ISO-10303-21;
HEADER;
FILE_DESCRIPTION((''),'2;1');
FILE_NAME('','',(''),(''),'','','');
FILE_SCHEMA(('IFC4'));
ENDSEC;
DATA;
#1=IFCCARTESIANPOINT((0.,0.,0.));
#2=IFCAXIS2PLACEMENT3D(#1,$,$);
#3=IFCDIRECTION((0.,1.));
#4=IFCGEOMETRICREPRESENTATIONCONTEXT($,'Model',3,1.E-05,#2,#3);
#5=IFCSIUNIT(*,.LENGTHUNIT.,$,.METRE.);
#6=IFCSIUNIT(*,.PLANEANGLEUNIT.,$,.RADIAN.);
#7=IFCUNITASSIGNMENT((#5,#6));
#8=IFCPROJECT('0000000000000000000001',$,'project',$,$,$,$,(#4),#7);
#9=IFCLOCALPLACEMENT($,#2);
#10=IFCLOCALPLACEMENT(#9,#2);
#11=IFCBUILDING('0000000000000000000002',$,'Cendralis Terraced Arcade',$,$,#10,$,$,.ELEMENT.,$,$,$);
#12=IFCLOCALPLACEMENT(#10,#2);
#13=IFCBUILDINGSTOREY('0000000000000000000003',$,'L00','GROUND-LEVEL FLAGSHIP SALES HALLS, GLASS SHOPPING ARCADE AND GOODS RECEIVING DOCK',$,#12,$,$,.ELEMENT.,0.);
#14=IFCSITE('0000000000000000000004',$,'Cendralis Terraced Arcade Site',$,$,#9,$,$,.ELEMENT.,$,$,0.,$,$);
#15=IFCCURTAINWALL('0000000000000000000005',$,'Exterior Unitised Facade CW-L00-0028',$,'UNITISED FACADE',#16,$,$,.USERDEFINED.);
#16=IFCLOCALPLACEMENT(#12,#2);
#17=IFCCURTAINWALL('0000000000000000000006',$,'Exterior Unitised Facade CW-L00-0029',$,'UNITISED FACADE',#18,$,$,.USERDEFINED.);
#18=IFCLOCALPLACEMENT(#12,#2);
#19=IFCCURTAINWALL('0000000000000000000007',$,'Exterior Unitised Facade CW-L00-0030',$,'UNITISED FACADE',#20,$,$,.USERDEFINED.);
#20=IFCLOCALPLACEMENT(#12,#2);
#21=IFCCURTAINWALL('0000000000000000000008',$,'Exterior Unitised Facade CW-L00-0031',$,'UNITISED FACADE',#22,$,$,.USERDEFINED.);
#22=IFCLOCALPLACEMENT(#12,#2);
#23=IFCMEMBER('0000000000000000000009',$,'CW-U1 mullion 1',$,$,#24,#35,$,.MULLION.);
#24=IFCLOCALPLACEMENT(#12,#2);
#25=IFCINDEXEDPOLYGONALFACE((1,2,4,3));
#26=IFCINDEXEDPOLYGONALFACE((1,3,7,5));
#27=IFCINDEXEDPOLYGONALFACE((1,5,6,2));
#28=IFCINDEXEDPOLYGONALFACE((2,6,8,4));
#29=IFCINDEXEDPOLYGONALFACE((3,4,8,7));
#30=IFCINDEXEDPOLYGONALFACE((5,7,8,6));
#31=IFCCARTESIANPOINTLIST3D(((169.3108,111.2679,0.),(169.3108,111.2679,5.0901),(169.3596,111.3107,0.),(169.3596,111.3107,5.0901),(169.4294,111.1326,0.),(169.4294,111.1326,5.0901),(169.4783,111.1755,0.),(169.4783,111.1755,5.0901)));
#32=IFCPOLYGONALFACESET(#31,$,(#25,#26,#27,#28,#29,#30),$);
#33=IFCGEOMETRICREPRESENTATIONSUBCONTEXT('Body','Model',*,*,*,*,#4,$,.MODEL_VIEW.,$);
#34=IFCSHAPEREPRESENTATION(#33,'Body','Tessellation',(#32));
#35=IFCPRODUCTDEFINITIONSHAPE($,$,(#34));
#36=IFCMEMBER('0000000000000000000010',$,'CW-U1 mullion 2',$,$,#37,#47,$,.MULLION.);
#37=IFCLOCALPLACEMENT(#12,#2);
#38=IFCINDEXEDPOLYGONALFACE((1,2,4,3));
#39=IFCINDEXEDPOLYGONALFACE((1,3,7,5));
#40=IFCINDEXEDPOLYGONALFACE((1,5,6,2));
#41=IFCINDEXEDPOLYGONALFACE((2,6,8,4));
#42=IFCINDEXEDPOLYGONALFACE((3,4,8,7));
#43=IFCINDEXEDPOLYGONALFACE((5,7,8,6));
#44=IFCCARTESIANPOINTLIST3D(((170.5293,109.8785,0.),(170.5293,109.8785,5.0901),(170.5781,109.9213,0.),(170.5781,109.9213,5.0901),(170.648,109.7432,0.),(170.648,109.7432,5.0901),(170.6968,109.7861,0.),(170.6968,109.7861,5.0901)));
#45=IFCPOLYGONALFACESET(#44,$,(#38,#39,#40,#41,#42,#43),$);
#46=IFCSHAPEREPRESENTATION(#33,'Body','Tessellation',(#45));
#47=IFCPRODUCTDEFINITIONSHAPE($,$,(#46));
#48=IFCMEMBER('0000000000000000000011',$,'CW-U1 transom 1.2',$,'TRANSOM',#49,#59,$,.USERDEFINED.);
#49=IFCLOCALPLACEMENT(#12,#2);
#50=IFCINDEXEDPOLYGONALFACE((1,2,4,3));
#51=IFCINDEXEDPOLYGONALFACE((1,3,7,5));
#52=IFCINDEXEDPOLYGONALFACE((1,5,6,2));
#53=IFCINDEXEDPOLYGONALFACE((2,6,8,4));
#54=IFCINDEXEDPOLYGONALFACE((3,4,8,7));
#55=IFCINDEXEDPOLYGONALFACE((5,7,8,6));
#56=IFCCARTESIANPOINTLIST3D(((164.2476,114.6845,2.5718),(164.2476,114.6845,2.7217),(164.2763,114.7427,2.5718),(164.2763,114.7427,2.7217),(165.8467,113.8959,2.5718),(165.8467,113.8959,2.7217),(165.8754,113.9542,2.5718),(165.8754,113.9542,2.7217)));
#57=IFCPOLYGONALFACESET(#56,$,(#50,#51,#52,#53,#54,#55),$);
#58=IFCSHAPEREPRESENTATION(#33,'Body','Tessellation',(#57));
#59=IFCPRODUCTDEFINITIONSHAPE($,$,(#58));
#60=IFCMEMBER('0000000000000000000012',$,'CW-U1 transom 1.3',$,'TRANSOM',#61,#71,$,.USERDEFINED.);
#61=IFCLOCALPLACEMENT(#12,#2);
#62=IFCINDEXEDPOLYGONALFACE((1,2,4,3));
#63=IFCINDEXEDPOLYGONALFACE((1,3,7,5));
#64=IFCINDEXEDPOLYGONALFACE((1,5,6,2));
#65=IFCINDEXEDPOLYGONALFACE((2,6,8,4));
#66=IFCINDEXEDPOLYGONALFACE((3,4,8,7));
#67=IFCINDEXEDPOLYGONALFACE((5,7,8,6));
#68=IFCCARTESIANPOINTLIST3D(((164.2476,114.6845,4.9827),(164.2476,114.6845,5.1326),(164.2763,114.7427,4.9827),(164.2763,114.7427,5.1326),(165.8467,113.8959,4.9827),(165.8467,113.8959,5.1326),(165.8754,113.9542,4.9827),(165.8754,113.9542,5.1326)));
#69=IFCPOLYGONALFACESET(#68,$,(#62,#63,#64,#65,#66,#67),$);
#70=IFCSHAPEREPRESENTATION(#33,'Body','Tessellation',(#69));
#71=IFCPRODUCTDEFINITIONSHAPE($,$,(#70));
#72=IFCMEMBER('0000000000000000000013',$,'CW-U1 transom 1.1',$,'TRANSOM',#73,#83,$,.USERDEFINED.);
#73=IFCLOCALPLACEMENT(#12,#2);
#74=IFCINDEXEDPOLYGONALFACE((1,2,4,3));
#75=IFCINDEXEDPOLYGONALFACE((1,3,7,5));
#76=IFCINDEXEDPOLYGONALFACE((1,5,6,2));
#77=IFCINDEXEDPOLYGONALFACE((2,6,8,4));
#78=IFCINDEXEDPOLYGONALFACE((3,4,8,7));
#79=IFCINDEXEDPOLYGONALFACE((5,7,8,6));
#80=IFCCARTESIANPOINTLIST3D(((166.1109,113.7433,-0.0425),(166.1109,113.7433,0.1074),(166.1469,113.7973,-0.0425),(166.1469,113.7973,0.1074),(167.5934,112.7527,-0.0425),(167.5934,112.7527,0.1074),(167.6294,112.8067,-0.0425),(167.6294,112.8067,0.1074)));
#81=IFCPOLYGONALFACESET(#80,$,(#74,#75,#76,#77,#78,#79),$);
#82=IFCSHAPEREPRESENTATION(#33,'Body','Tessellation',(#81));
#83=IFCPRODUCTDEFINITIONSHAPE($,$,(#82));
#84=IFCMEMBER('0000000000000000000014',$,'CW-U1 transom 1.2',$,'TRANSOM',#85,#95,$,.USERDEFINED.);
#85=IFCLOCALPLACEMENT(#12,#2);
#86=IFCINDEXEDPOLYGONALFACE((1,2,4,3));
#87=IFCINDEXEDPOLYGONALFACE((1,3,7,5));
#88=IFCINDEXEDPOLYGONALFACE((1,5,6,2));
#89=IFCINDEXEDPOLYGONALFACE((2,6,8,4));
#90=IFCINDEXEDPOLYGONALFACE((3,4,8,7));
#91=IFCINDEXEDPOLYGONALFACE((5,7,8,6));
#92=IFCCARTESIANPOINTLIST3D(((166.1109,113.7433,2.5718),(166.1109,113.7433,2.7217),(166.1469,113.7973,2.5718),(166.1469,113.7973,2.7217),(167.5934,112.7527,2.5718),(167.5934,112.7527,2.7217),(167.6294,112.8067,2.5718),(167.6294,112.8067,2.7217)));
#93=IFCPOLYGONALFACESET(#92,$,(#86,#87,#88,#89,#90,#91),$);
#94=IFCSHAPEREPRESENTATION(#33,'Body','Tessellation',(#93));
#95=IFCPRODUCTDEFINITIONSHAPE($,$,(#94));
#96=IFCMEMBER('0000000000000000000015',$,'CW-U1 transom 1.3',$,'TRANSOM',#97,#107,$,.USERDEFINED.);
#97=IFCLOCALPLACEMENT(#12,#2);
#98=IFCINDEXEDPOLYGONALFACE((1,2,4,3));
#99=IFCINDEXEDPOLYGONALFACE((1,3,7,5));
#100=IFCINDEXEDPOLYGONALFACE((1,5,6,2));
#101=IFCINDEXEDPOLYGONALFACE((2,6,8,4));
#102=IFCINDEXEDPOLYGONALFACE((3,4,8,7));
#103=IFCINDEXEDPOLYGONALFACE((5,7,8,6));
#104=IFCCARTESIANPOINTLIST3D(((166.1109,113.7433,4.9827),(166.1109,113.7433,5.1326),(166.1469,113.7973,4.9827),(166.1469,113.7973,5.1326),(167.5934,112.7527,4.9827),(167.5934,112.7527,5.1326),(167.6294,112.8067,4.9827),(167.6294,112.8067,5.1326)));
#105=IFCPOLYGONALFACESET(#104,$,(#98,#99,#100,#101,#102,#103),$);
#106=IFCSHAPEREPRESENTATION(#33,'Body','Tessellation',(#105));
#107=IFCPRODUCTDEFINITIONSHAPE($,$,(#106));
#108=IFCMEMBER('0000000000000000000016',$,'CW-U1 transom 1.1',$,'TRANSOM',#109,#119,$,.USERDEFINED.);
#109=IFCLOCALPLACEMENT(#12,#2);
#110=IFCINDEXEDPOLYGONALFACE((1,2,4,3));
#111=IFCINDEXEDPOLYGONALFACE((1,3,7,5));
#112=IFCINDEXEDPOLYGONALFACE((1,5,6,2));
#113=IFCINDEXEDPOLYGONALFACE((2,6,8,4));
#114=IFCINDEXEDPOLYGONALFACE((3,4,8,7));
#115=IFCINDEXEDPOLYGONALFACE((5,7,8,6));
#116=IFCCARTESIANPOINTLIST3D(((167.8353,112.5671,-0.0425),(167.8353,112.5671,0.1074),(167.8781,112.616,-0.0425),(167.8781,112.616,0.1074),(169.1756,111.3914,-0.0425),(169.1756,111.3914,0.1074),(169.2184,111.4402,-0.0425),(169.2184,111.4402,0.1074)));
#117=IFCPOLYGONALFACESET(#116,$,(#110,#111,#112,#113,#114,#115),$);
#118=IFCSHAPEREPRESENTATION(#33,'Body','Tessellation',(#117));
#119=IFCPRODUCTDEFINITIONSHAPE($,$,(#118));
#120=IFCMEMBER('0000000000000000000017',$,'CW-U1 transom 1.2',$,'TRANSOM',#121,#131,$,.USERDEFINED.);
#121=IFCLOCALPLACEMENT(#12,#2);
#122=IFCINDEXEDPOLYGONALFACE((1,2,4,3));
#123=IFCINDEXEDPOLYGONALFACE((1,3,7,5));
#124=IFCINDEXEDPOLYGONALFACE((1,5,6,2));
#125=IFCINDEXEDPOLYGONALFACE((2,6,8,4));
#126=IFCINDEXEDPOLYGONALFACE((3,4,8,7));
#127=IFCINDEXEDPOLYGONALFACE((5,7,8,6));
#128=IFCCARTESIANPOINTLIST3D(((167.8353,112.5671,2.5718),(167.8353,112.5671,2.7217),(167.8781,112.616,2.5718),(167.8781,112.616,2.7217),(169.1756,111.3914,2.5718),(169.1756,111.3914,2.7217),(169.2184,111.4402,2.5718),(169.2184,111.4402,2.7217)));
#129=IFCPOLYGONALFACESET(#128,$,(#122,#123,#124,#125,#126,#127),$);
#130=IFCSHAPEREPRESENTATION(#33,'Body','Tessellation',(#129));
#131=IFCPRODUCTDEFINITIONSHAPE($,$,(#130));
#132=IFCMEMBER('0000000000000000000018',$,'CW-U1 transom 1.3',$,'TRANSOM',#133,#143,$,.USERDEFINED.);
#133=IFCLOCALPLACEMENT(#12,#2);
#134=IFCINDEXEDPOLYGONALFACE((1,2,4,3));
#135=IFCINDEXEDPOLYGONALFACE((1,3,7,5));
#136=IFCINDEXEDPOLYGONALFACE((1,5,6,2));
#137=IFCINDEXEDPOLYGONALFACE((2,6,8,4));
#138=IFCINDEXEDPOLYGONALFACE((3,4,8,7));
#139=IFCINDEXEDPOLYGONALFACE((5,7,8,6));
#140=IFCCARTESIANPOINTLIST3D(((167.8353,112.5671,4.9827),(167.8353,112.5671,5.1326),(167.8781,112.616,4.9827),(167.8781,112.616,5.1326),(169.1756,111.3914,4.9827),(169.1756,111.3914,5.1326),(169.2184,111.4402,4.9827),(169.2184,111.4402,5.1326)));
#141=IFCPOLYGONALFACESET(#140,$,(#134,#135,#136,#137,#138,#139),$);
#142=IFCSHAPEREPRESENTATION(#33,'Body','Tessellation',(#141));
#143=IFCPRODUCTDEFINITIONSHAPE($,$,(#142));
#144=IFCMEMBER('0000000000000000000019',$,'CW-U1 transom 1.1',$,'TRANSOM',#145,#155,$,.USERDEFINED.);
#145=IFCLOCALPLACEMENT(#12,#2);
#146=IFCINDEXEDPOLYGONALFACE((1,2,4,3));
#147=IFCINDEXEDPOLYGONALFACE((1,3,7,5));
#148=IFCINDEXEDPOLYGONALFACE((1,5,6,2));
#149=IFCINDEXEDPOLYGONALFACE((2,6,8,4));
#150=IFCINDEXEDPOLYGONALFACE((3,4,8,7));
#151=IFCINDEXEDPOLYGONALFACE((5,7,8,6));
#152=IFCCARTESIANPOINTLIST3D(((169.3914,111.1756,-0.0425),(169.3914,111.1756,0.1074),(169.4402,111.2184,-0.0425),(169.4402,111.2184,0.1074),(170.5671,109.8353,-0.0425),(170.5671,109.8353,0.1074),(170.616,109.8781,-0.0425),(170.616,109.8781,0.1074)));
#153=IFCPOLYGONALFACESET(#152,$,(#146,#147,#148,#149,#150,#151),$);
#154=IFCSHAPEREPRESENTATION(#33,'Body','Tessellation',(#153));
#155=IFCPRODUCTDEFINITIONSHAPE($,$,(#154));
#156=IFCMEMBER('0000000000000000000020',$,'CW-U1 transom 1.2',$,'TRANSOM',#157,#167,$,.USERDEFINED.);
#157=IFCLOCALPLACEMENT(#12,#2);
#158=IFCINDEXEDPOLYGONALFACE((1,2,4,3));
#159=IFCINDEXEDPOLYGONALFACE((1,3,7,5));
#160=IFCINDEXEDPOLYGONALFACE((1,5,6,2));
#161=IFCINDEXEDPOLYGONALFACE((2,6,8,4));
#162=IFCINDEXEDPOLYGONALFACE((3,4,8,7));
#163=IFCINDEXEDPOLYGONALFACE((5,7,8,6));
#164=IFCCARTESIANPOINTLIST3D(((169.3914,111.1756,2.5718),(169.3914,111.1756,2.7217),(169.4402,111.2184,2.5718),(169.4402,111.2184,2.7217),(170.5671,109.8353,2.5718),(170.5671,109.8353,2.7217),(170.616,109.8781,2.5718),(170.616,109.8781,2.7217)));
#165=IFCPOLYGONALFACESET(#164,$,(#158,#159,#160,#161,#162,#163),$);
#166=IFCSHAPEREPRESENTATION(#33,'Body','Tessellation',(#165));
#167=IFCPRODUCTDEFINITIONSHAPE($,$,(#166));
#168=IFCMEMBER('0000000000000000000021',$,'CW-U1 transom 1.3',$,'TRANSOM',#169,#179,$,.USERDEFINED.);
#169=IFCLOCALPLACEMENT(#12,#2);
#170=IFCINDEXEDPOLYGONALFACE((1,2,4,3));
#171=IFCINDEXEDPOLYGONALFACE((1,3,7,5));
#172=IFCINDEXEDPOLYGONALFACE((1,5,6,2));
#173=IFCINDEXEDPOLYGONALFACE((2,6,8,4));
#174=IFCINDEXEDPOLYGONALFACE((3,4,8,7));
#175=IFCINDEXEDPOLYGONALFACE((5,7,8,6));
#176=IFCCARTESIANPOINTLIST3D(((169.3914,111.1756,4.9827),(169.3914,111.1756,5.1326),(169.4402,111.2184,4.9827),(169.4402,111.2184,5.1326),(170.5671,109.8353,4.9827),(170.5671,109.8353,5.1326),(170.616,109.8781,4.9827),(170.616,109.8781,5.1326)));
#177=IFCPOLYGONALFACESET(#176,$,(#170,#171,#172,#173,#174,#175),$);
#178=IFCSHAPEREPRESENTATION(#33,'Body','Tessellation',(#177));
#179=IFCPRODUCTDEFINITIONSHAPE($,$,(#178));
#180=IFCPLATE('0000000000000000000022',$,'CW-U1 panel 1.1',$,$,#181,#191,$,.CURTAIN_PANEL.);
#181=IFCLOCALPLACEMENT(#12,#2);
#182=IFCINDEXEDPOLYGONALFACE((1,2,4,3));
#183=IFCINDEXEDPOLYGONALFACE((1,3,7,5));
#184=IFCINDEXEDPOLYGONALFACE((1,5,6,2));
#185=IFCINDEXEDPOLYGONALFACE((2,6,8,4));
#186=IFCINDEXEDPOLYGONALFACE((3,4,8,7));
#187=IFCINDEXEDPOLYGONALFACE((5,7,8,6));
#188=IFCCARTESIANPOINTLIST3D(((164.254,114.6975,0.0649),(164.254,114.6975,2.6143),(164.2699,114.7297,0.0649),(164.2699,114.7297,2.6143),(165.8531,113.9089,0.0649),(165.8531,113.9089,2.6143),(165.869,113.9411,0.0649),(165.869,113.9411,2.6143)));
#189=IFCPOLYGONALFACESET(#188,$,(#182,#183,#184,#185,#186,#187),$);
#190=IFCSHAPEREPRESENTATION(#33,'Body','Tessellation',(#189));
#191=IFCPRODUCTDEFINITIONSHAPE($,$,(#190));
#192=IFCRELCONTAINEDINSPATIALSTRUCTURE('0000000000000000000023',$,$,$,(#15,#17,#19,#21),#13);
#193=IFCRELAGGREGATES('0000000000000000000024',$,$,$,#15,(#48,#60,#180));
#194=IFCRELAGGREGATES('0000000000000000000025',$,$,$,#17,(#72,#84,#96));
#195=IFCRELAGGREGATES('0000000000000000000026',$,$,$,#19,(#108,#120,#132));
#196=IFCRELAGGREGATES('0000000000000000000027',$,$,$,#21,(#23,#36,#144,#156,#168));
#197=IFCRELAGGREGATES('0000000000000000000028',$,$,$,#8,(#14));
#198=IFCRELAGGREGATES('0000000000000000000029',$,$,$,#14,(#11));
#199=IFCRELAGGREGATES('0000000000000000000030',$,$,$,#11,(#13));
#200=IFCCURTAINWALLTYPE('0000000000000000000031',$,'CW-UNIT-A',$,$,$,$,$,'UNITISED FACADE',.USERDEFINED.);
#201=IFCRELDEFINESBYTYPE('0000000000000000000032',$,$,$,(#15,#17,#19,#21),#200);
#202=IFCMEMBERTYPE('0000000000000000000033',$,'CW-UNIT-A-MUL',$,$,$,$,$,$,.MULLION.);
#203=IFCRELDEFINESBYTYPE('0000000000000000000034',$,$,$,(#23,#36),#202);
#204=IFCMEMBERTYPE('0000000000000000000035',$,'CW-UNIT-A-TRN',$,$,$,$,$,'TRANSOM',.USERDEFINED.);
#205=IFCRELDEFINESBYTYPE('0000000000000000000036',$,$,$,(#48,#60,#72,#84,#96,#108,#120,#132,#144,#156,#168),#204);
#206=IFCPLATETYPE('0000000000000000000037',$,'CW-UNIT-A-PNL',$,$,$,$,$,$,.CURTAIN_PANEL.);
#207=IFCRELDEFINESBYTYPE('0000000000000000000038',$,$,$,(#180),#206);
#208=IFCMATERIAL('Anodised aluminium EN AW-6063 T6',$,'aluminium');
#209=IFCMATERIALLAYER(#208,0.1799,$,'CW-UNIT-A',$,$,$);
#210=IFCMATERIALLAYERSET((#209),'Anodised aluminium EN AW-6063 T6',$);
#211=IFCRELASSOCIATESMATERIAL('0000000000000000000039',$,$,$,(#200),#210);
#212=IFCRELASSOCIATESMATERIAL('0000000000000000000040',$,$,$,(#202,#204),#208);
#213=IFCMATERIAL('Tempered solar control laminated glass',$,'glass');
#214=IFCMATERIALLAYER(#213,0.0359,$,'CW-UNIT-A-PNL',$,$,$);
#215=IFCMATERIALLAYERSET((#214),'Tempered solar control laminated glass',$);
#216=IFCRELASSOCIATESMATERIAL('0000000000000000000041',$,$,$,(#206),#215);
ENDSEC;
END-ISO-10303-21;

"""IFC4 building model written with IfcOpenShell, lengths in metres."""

from ifc_helpers import new_model, si_unit, direction, frame, origin, origin_2d, place, context, subcontext, project, spatial, rectangle, extrude, material, layer, layer_set, material_profile, profile_set, type_object, element, aggregate, save


model = new_model("IFC4")

# Units and contexts
model_context = context("Model", 3, precision=1e-05, world=origin(), true_north=direction((0.0, 1.0)))
body_context = subcontext(model_context, "Body", "Model", "MODEL_VIEW")
ifc_project = project(units=[si_unit("LENGTHUNIT", "METRE"), si_unit("PLANEANGLEUNIT", "RADIAN")], contexts=[model_context])

# Site, building, storey
site_placement = place(None, origin())
site = spatial("IfcSite", under=ifc_project, at=site_placement, Name="Cendralis Terraced Arcade Site", CompositionType="ELEMENT", RefElevation=0.0)
building_placement = place(site_placement, origin())
building = spatial("IfcBuilding", under=site, at=building_placement, Name="Cendralis Terraced Arcade", CompositionType="ELEMENT")
storey_placement = place(building_placement, origin())
storey = spatial("IfcBuildingStorey", under=building, at=storey_placement, Name="L00", Description="GROUND-LEVEL FLAGSHIP SALES HALLS, GLASS SHOPPING ARCADE AND GOODS RECEIVING DOCK", CompositionType="ELEMENT", Elevation=0.0)

# Curtain wall
ifc_material_1 = material(Name="Anodised aluminium EN AW-6063 T6", Category="aluminium")
ifc_layer_1 = layer(ifc_material_1, 0.1799, Name="CW-UNIT-A")
ifc_layer_set_1 = layer_set([ifc_layer_1], Name="Anodised aluminium EN AW-6063 T6")
curtain_wall_type = type_object("IfcCurtainWallType", Name="CW-UNIT-A", ElementType="UNITISED FACADE", PredefinedType="USERDEFINED", material=ifc_layer_set_1)
curtain_wall_1_placement = place(storey_placement, origin())
curtain_wall_1 = element("IfcCurtainWall", 1, at=curtain_wall_1_placement, inside=storey, type_object=curtain_wall_type, Name="Exterior Unitised Facade CW-L00-0028", ObjectType="UNITISED FACADE", PredefinedType="USERDEFINED")
ifc_material_profile_1 = material_profile(ifc_material_1, rectangle(XDim=0.0649, YDim=0.1799, at=origin_2d()), Name="ALU-MUL-65x180")
ifc_profile_set_1 = profile_set([ifc_material_profile_1], Name="Anodised aluminium EN AW-6063 T6")
member_type_1 = type_object("IfcMemberType", Name="CW-UNIT-A-MUL", PredefinedType="MULLION", material=ifc_profile_set_1)

# Curtain walls, members
curtain_wall_2_placement = place(storey_placement, origin())
curtain_wall_2 = element("IfcCurtainWall", 2, at=curtain_wall_2_placement, inside=storey, type_object=curtain_wall_type, Name="Exterior Unitised Facade CW-L00-0029", ObjectType="UNITISED FACADE", PredefinedType="USERDEFINED")
curtain_wall_3_placement = place(storey_placement, origin())
curtain_wall_3 = element("IfcCurtainWall", 3, at=curtain_wall_3_placement, inside=storey, type_object=curtain_wall_type, Name="Exterior Unitised Facade CW-L00-0030", ObjectType="UNITISED FACADE", PredefinedType="USERDEFINED")
curtain_wall_4_placement = place(storey_placement, origin())
curtain_wall_4 = element("IfcCurtainWall", 4, at=curtain_wall_4_placement, inside=storey, type_object=curtain_wall_type, Name="Exterior Unitised Facade CW-L00-0031", ObjectType="UNITISED FACADE", PredefinedType="USERDEFINED")
member_1_placement = place(storey_placement, frame((169.3945, 111.2217, 0.0), z_axis=(0.0, 0.0, 1.0), x_axis=(0.751783, 0.659411, 0.0)))
member_1 = element("IfcMember", 5, at=member_1_placement, type_object=member_type_1, Name="CW-U1 mullion 1", PredefinedType="MULLION", context=body_context, shape_type="SweptSolid", body=[
    extrude(rectangle(XDim=0.0649, YDim=0.1799, at=origin_2d()), origin(), (0.0, 0.0, 1.0), 5.0901),
])
member_2_placement = place(storey_placement, frame((170.613, 109.8323, 0.0), z_axis=(0.0, 0.0, 1.0), x_axis=(0.751783, 0.659411, 0.0)))
member_2 = element("IfcMember", 6, at=member_2_placement, type_object=member_type_1, Name="CW-U1 mullion 2", PredefinedType="MULLION", context=body_context, shape_type="SweptSolid", body=[
    extrude(rectangle(XDim=0.0649, YDim=0.1799, at=origin_2d()), origin(), (0.0, 0.0, 1.0), 5.0901),
])

# Members
ifc_material_profile_2 = material_profile(ifc_material_1, rectangle(XDim=0.0649, YDim=0.1499, at=origin_2d()), Name="ALU-TRN-65x150")
ifc_profile_set_2 = profile_set([ifc_material_profile_2], Name="Anodised aluminium EN AW-6063 T6")
member_type_2 = type_object("IfcMemberType", Name="CW-UNIT-A-TRN", ElementType="TRANSOM", PredefinedType="USERDEFINED", material=ifc_profile_set_2)
member_3_placement = place(storey_placement, frame((164.262, 114.7136, 2.6467), z_axis=(0.896878, -0.442277, 0.0), x_axis=(0.442277, 0.896878, 0.0)))
member_3 = element("IfcMember", 7, at=member_3_placement, type_object=member_type_2, Name="CW-U1 transom 1.2", ObjectType="TRANSOM", PredefinedType="USERDEFINED", context=body_context, shape_type="SweptSolid", body=[
    extrude(rectangle(XDim=0.0649, YDim=0.1499, at=origin_2d()), origin(), (0.0, 0.0, 1.0), 1.783),
])
member_4_placement = place(storey_placement, frame((164.262, 114.7136, 5.0576), z_axis=(0.896878, -0.442277, 0.0), x_axis=(0.442277, 0.896878, 0.0)))
member_4 = element("IfcMember", 8, at=member_4_placement, type_object=member_type_2, Name="CW-U1 transom 1.3", ObjectType="TRANSOM", PredefinedType="USERDEFINED", context=body_context, shape_type="SweptSolid", body=[
    extrude(rectangle(XDim=0.0649, YDim=0.1499, at=origin_2d()), origin(), (0.0, 0.0, 1.0), 1.783),
])
member_5_placement = place(storey_placement, frame((166.1289, 113.7703, 0.0325), z_axis=(0.831481, -0.555553, 0.0), x_axis=(0.555553, 0.831481, 0.0)))
member_5 = element("IfcMember", 9, at=member_5_placement, type_object=member_type_2, Name="CW-U1 transom 1.1", ObjectType="TRANSOM", PredefinedType="USERDEFINED", context=body_context, shape_type="SweptSolid", body=[
    extrude(rectangle(XDim=0.0649, YDim=0.1499, at=origin_2d()), origin(), (0.0, 0.0, 1.0), 1.783),
])
member_6_placement = place(storey_placement, frame((166.1289, 113.7703, 2.6467), z_axis=(0.831481, -0.555553, 0.0), x_axis=(0.555553, 0.831481, 0.0)))
member_6 = element("IfcMember", 10, at=member_6_placement, type_object=member_type_2, Name="CW-U1 transom 1.2", ObjectType="TRANSOM", PredefinedType="USERDEFINED", context=body_context, shape_type="SweptSolid", body=[
    extrude(rectangle(XDim=0.0649, YDim=0.1499, at=origin_2d()), origin(), (0.0, 0.0, 1.0), 1.783),
])
member_7_placement = place(storey_placement, frame((166.1289, 113.7703, 5.0576), z_axis=(0.831481, -0.555553, 0.0), x_axis=(0.555553, 0.831481, 0.0)))
member_7 = element("IfcMember", 11, at=member_7_placement, type_object=member_type_2, Name="CW-U1 transom 1.3", ObjectType="TRANSOM", PredefinedType="USERDEFINED", context=body_context, shape_type="SweptSolid", body=[
    extrude(rectangle(XDim=0.0649, YDim=0.1499, at=origin_2d()), origin(), (0.0, 0.0, 1.0), 1.783),
])
member_8_placement = place(storey_placement, frame((167.8567, 112.5916, 0.0325), z_axis=(0.751745, -0.659454, 0.0), x_axis=(0.659454, 0.751745, 0.0)))
member_8 = element("IfcMember", 12, at=member_8_placement, type_object=member_type_2, Name="CW-U1 transom 1.1", ObjectType="TRANSOM", PredefinedType="USERDEFINED", context=body_context, shape_type="SweptSolid", body=[
    extrude(rectangle(XDim=0.0649, YDim=0.1499, at=origin_2d()), origin(), (0.0, 0.0, 1.0), 1.783),
])
member_9_placement = place(storey_placement, frame((167.8567, 112.5916, 2.6467), z_axis=(0.751745, -0.659454, 0.0), x_axis=(0.659454, 0.751745, 0.0)))
member_9 = element("IfcMember", 13, at=member_9_placement, type_object=member_type_2, Name="CW-U1 transom 1.2", ObjectType="TRANSOM", PredefinedType="USERDEFINED", context=body_context, shape_type="SweptSolid", body=[
    extrude(rectangle(XDim=0.0649, YDim=0.1499, at=origin_2d()), origin(), (0.0, 0.0, 1.0), 1.783),
])
member_10_placement = place(storey_placement, frame((167.8567, 112.5916, 5.0576), z_axis=(0.751745, -0.659454, 0.0), x_axis=(0.659454, 0.751745, 0.0)))
member_10 = element("IfcMember", 14, at=member_10_placement, type_object=member_type_2, Name="CW-U1 transom 1.3", ObjectType="TRANSOM", PredefinedType="USERDEFINED", context=body_context, shape_type="SweptSolid", body=[
    extrude(rectangle(XDim=0.0649, YDim=0.1499, at=origin_2d()), origin(), (0.0, 0.0, 1.0), 1.783),
])
member_11_placement = place(storey_placement, frame((169.4158, 111.197, 0.0325), z_axis=(0.659454, -0.751745, 0.0), x_axis=(0.751745, 0.659454, 0.0)))
member_11 = element("IfcMember", 15, at=member_11_placement, type_object=member_type_2, Name="CW-U1 transom 1.1", ObjectType="TRANSOM", PredefinedType="USERDEFINED", context=body_context, shape_type="SweptSolid", body=[
    extrude(rectangle(XDim=0.0649, YDim=0.1499, at=origin_2d()), origin(), (0.0, 0.0, 1.0), 1.783),
])
member_12_placement = place(storey_placement, frame((169.4158, 111.197, 2.6467), z_axis=(0.659454, -0.751745, 0.0), x_axis=(0.751745, 0.659454, 0.0)))
member_12 = element("IfcMember", 16, at=member_12_placement, type_object=member_type_2, Name="CW-U1 transom 1.2", ObjectType="TRANSOM", PredefinedType="USERDEFINED", context=body_context, shape_type="SweptSolid", body=[
    extrude(rectangle(XDim=0.0649, YDim=0.1499, at=origin_2d()), origin(), (0.0, 0.0, 1.0), 1.783),
])
member_13_placement = place(storey_placement, frame((169.4158, 111.197, 5.0576), z_axis=(0.659454, -0.751745, 0.0), x_axis=(0.751745, 0.659454, 0.0)))
member_13 = element("IfcMember", 17, at=member_13_placement, type_object=member_type_2, Name="CW-U1 transom 1.3", ObjectType="TRANSOM", PredefinedType="USERDEFINED", context=body_context, shape_type="SweptSolid", body=[
    extrude(rectangle(XDim=0.0649, YDim=0.1499, at=origin_2d()), origin(), (0.0, 0.0, 1.0), 1.783),
])

# Plate
ifc_material_2 = material(Name="Tempered solar control laminated glass", Category="glass")
ifc_layer_2 = layer(ifc_material_2, 0.0359, Name="CW-UNIT-A-PNL")
ifc_layer_set_2 = layer_set([ifc_layer_2], Name="Tempered solar control laminated glass")
plate_type = type_object("IfcPlateType", Name="CW-UNIT-A-PNL", PredefinedType="CURTAIN_PANEL", material=ifc_layer_set_2)
plate_1_placement = place(storey_placement, frame((165.0615, 114.3193, 0.0649), z_axis=(0.0, 0.0, 1.0), x_axis=(0.896871, -0.442293, 0.0)))
plate_1 = element("IfcPlate", 18, at=plate_1_placement, type_object=plate_type, Name="CW-U1 panel 1.1", PredefinedType="CURTAIN_PANEL", context=body_context, shape_type="SweptSolid", body=[
    extrude(rectangle(XDim=1.783, YDim=0.0359, at=origin_2d()), origin(), (0.0, 0.0, 1.0), 2.5493),
])
aggregate(curtain_wall_1, [member_3, member_4, plate_1])
aggregate(curtain_wall_2, [member_5, member_6, member_7])
aggregate(curtain_wall_3, [member_8, member_9, member_10])
aggregate(curtain_wall_4, [member_1, member_2, member_11, member_12, member_13])

save(model, "model.ifc")
